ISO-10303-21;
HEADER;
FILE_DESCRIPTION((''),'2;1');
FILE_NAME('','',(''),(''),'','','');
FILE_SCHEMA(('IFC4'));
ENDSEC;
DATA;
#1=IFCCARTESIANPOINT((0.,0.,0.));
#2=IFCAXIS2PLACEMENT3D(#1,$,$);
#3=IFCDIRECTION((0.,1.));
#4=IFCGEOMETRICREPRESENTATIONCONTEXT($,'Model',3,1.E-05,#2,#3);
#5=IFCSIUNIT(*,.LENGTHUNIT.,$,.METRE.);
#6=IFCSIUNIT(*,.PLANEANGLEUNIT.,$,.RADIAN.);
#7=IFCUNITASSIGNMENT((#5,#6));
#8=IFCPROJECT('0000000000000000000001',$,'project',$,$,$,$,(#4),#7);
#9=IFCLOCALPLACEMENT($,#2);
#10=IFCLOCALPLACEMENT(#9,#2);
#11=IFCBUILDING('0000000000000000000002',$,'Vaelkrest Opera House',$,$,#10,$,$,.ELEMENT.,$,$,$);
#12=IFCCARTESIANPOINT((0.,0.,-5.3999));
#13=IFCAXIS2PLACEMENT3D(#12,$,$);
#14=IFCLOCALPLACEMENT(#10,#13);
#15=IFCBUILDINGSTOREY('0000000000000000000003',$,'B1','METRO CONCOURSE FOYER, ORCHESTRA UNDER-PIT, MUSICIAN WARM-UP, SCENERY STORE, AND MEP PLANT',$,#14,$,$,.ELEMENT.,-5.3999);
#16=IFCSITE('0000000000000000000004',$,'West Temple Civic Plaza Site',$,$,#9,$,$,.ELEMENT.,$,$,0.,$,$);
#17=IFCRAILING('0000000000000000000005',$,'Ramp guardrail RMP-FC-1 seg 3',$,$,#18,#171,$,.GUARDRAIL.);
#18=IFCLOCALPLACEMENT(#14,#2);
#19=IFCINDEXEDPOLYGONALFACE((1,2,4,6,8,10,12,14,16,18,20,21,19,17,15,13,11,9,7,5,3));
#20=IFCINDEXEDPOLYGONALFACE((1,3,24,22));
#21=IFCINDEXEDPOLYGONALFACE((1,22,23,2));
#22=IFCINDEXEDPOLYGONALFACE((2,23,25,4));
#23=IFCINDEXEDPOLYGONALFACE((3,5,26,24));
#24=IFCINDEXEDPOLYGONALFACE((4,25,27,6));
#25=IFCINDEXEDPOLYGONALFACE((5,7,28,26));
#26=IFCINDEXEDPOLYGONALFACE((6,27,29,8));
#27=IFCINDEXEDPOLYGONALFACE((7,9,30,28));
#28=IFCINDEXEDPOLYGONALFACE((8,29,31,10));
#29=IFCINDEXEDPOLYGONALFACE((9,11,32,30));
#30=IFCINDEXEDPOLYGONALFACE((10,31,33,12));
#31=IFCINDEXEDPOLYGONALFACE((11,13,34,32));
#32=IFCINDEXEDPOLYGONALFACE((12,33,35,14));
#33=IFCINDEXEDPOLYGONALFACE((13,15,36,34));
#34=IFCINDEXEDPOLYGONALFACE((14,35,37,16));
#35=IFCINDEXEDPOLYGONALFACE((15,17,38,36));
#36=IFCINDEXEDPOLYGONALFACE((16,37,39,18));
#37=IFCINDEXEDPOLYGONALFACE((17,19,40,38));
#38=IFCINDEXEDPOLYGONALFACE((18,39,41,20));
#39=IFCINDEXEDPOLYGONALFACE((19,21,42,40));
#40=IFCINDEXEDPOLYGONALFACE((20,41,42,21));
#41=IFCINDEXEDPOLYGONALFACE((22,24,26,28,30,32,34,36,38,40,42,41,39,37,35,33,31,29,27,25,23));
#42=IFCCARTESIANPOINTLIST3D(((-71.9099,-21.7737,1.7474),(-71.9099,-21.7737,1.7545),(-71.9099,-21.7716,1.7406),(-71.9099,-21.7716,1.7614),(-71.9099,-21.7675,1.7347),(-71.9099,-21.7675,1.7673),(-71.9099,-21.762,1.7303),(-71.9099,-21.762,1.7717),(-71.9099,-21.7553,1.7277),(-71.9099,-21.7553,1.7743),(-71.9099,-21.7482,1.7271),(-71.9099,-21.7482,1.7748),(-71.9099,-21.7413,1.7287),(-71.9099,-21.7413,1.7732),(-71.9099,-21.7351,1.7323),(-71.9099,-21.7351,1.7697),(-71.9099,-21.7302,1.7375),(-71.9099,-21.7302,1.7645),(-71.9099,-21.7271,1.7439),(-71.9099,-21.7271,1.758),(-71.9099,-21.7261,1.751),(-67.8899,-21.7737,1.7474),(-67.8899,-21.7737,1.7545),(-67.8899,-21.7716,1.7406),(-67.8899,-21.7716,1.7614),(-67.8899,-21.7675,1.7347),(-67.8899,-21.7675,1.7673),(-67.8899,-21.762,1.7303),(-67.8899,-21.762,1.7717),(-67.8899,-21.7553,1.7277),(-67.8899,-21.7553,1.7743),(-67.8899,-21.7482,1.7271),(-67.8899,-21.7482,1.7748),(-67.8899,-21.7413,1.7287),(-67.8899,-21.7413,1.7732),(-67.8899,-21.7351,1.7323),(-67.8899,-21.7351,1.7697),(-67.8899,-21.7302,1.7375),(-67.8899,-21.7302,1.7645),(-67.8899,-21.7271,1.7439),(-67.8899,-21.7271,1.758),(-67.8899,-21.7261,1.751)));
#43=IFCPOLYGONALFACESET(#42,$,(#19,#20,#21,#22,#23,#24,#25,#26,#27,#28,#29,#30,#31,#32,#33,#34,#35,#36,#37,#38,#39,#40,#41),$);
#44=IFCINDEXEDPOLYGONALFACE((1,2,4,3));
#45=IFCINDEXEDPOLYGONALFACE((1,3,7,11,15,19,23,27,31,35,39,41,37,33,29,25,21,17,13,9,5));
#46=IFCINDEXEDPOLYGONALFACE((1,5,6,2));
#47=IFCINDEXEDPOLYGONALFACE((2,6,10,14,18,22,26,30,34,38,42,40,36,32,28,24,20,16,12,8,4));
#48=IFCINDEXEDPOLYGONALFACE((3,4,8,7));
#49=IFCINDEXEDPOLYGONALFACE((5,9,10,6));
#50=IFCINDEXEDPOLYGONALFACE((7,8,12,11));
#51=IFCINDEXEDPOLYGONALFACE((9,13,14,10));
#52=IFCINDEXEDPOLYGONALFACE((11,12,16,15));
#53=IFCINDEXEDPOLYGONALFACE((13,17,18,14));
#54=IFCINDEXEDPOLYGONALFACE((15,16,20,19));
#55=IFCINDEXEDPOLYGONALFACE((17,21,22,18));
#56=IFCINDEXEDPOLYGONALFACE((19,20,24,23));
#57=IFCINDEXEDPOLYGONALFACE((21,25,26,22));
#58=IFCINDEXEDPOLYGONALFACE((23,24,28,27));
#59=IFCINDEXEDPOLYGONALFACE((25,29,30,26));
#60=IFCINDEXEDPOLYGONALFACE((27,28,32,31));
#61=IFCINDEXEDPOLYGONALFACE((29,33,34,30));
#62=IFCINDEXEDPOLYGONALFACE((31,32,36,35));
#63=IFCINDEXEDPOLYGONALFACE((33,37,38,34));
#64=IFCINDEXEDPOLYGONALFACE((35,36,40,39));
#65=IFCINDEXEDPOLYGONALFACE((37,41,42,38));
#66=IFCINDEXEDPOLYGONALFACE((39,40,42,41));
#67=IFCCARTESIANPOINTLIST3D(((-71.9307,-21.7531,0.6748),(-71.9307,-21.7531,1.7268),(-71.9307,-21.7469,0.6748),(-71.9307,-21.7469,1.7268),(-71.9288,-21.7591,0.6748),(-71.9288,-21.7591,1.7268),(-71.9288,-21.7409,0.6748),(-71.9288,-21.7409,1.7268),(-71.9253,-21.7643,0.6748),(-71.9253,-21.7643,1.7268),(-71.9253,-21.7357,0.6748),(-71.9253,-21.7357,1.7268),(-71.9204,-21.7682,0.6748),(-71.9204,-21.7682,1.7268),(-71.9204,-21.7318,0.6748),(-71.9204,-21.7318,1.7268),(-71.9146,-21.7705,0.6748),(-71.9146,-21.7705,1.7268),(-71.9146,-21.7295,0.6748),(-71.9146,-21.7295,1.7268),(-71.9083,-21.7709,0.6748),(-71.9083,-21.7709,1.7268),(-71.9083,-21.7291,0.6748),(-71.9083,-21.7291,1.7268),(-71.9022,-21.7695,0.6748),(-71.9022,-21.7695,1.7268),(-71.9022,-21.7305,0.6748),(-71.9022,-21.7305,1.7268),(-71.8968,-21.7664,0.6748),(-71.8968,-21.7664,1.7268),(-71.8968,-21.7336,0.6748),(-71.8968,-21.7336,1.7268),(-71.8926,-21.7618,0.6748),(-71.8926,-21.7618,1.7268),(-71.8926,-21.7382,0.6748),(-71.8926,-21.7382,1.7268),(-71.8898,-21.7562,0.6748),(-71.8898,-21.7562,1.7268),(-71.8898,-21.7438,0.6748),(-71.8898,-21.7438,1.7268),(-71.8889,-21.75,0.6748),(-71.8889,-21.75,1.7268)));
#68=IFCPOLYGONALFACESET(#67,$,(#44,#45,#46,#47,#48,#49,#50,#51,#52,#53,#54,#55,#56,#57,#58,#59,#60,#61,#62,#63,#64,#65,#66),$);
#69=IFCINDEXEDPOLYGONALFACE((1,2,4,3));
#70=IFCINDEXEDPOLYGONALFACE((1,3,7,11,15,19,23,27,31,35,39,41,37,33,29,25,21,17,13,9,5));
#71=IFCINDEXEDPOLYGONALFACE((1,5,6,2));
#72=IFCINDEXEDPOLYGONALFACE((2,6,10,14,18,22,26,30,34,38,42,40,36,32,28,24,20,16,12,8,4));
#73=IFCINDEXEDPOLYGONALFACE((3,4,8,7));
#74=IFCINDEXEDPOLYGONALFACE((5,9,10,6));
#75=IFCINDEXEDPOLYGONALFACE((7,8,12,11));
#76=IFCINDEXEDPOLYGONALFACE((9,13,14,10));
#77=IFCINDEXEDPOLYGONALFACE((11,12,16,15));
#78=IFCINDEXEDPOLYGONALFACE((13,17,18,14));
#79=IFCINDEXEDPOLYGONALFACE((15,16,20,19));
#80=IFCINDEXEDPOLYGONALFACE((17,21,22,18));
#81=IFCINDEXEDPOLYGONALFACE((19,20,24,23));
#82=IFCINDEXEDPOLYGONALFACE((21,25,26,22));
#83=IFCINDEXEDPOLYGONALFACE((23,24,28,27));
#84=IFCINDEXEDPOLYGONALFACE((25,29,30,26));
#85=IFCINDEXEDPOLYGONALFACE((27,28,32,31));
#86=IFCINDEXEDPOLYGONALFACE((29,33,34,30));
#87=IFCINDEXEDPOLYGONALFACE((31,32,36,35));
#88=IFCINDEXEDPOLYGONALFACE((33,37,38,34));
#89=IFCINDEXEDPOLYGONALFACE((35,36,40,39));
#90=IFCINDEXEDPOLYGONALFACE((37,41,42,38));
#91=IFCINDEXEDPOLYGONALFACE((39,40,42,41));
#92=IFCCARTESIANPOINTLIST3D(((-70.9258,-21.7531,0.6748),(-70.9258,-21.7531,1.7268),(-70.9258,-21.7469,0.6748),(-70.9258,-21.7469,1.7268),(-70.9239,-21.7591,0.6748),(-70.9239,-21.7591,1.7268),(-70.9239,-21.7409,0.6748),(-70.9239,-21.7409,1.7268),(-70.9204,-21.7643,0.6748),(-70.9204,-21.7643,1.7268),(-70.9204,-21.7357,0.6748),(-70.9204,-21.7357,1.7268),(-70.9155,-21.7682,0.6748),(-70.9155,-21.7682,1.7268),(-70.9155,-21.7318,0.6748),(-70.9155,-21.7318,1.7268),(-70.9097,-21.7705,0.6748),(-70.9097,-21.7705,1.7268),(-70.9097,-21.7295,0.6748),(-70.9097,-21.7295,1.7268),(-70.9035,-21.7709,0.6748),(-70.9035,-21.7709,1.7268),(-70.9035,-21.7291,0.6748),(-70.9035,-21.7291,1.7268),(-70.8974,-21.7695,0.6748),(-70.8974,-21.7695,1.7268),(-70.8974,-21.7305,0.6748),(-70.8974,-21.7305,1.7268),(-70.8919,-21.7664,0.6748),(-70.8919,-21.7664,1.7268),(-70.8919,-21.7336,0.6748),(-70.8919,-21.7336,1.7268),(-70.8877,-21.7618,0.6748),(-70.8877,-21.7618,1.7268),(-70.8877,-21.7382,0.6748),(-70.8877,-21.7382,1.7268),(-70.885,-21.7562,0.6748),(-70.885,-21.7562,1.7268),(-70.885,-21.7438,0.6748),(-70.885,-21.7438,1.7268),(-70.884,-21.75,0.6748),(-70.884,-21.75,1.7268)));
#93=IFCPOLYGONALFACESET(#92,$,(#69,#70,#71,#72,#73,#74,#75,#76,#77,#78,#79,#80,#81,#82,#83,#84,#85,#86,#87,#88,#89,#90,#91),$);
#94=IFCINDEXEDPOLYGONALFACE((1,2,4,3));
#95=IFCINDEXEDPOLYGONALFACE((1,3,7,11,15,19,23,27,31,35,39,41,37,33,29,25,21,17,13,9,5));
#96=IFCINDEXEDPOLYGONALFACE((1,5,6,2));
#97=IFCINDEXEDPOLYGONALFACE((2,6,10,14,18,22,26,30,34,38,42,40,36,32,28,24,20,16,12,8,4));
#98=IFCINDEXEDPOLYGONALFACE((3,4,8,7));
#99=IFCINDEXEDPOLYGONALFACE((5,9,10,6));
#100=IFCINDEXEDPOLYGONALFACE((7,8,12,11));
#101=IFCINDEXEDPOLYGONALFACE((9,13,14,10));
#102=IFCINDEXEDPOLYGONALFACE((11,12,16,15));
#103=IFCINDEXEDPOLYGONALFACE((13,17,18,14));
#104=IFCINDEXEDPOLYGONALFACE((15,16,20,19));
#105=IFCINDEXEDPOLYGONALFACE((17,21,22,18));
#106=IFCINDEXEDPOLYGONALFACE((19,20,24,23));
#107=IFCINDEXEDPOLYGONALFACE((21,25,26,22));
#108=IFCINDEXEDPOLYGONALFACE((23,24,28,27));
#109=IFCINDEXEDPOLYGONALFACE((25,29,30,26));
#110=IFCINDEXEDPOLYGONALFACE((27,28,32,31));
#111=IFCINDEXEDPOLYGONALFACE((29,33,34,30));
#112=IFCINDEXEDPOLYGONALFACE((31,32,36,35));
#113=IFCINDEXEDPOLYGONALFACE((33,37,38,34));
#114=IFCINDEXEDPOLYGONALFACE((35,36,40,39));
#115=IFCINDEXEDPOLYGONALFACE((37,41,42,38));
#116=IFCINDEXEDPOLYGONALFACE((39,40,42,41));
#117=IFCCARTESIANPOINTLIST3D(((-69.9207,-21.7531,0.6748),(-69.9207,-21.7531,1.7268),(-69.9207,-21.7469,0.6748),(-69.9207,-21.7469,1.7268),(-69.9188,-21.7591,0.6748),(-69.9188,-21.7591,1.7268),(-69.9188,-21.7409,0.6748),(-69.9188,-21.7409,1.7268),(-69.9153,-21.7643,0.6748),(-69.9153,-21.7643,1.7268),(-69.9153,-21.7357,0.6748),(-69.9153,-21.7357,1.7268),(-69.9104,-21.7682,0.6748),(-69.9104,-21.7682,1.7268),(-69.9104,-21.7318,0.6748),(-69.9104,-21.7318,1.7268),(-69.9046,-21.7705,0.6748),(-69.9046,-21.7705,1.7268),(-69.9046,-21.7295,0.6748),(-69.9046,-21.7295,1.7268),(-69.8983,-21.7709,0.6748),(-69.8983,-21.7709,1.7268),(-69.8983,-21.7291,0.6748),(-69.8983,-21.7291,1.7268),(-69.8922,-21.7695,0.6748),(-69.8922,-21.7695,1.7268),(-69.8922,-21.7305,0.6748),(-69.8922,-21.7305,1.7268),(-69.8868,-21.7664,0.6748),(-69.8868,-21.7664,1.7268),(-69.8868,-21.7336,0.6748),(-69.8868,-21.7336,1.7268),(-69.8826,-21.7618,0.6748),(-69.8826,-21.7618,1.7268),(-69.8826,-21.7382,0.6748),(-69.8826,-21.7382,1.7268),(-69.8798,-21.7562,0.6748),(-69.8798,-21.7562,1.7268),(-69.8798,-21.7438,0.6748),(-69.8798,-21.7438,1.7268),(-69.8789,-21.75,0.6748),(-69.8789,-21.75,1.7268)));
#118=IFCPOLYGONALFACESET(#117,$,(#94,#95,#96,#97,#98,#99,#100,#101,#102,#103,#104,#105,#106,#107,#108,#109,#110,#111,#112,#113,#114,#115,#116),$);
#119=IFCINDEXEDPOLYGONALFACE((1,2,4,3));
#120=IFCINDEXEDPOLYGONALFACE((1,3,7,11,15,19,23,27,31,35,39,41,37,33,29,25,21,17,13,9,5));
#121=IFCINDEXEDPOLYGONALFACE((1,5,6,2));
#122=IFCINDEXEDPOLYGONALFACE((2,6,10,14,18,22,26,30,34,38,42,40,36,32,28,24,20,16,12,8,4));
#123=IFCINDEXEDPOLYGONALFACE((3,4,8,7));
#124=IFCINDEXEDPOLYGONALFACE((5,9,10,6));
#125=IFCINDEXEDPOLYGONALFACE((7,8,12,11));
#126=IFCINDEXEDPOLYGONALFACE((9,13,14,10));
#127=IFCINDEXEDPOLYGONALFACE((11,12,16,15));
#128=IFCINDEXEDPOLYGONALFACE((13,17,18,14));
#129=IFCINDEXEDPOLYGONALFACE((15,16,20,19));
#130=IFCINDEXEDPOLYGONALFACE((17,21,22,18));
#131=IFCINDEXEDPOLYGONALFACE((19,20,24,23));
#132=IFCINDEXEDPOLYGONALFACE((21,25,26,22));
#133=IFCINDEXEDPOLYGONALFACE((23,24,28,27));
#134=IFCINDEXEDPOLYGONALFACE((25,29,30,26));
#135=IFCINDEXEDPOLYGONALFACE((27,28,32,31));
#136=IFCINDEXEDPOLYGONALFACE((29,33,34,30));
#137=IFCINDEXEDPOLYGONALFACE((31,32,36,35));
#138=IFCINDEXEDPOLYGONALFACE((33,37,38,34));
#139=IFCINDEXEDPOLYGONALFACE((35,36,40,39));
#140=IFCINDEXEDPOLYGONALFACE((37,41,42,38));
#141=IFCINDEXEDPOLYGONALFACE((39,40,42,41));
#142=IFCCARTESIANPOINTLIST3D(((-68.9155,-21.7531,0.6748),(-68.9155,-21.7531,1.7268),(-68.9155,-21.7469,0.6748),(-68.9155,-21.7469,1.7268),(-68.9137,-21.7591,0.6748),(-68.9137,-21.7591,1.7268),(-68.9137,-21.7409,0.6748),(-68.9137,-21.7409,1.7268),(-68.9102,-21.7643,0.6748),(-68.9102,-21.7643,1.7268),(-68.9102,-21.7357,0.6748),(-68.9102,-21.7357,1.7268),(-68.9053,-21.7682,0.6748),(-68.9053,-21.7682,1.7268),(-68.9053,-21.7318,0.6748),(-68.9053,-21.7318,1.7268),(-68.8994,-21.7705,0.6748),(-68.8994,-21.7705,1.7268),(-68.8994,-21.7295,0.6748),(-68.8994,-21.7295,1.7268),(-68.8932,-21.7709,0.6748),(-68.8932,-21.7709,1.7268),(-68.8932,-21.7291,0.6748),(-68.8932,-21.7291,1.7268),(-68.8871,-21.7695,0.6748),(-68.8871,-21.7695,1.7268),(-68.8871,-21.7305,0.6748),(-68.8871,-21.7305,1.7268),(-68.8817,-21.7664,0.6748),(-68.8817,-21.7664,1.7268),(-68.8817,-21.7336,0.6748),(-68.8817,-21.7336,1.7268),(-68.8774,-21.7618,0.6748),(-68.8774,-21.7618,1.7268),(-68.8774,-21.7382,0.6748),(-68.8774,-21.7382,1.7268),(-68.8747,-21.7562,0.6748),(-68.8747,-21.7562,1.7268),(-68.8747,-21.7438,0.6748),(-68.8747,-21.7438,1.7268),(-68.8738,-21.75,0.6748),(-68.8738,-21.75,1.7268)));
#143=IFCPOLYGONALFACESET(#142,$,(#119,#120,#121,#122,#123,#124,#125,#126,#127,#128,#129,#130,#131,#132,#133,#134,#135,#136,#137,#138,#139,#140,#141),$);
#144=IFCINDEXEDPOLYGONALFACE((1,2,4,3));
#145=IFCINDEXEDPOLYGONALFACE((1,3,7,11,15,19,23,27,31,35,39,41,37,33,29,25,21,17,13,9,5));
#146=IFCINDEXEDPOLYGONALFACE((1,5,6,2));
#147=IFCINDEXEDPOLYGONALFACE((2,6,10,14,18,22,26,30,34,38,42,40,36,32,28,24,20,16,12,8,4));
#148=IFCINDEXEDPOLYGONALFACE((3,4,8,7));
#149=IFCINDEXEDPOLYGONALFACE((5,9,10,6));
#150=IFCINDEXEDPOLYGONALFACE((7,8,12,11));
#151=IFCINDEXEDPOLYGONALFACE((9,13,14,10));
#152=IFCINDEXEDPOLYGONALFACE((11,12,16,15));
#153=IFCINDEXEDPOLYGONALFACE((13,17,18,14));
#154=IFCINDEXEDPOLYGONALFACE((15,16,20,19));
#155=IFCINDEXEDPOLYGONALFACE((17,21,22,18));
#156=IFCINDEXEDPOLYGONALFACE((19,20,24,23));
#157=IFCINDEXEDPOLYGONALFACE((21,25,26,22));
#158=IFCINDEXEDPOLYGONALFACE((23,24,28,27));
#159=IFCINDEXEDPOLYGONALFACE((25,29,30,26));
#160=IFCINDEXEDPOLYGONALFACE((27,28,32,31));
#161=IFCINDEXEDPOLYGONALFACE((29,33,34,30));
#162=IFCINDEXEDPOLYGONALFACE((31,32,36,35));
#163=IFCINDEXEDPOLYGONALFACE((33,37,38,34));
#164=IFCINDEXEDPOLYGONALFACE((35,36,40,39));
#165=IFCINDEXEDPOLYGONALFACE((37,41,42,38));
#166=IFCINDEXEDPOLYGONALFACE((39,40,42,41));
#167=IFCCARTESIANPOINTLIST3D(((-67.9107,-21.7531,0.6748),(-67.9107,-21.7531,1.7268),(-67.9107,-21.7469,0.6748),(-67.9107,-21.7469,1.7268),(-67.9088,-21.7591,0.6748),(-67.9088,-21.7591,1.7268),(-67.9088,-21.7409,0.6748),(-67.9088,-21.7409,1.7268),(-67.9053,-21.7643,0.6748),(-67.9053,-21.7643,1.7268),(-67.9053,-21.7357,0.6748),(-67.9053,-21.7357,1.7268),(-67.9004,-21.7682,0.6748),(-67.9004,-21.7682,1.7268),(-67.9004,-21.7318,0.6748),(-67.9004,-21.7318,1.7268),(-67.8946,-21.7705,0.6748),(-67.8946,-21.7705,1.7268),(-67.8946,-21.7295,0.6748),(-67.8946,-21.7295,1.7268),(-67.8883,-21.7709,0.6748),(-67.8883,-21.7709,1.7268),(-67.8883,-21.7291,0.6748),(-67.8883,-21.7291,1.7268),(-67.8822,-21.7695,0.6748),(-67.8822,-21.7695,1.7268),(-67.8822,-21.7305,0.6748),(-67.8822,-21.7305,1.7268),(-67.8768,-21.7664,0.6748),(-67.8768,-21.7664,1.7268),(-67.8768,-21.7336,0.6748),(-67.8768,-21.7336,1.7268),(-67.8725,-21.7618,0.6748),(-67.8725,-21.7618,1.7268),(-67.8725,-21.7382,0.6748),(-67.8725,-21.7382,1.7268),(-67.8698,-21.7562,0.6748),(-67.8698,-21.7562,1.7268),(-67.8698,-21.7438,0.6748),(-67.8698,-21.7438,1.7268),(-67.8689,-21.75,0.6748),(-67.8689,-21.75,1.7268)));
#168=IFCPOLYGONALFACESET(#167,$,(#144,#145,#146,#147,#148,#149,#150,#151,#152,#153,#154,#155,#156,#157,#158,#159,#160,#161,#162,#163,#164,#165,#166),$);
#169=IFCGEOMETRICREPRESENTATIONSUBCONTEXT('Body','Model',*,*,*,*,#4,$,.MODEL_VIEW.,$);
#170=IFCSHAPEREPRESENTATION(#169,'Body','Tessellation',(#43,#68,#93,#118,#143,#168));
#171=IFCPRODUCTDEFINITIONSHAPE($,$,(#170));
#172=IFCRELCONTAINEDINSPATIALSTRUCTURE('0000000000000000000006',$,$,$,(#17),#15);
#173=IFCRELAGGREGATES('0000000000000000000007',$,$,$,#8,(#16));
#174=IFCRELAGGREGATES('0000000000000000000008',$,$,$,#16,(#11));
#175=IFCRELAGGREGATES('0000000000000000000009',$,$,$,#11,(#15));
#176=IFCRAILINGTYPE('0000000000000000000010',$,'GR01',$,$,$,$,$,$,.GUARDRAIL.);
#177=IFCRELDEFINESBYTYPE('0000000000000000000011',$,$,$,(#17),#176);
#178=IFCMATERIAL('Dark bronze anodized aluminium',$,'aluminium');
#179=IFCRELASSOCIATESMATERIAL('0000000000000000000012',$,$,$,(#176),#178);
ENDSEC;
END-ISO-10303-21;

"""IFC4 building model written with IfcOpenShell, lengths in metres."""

from ifc_helpers import new_model, si_unit, direction, frame, origin, origin_2d, place, context, subcontext, project, spatial, circle, extrude, material, type_object, element, save


model = new_model("IFC4")

# Units and contexts
model_context = context("Model", 3, precision=1e-05, world=origin(), true_north=direction((0.0, 1.0)))
body_context = subcontext(model_context, "Body", "Model", "MODEL_VIEW")
ifc_project = project(units=[si_unit("LENGTHUNIT", "METRE"), si_unit("PLANEANGLEUNIT", "RADIAN")], contexts=[model_context])

# Site, building, storey
site_placement = place(None, origin())
site = spatial("IfcSite", under=ifc_project, at=site_placement, Name="West Temple Civic Plaza Site", CompositionType="ELEMENT", RefElevation=0.0)
building_placement = place(site_placement, origin())
building = spatial("IfcBuilding", under=site, at=building_placement, Name="Vaelkrest Opera House", CompositionType="ELEMENT")
storey_placement = place(building_placement, frame((0.0, 0.0, -5.3999)))
storey = spatial("IfcBuildingStorey", under=building, at=storey_placement, Name="B1", Description="METRO CONCOURSE FOYER, ORCHESTRA UNDER-PIT, MUSICIAN WARM-UP, SCENERY STORE, AND MEP PLANT", CompositionType="ELEMENT", Elevation=-5.3999)

# Shared definitions
ifc_material_1 = material(Name="Dark bronze anodized aluminium", Category="aluminium")

# Railing
railing_type = type_object("IfcRailingType", Name="GR01", PredefinedType="GUARDRAIL", material=ifc_material_1)
railing_1_placement = place(storey_placement, frame((-71.9099, -21.75, 0.6748)))
element("IfcRailing", 1, at=railing_1_placement, inside=storey, type_object=railing_type, Name="Ramp guardrail RMP-FC-1 seg 3", PredefinedType="GUARDRAIL", context=body_context, shape_type="SweptSolid", body=[
    extrude(circle(Radius=0.0239, at=origin_2d()), frame((0.0, 0.0, 1.0762), z_axis=(1.0, 0.0, 0.0), x_axis=(0.0, 1.0, 0.0)), (0.0, 0.0, 1.0), 4.02),
    extrude(circle(Radius=0.021, at=origin_2d()), origin(), (0.0, 0.0, 1.0), 1.052),
    extrude(circle(Radius=0.021, at=origin_2d()), frame((1.0049, 0.0, 0.0)), (0.0, 0.0, 1.0), 1.052),
    extrude(circle(Radius=0.021, at=origin_2d()), frame((2.01, 0.0, 0.0)), (0.0, 0.0, 1.0), 1.052),
    extrude(circle(Radius=0.021, at=origin_2d()), frame((3.0151, 0.0, 0.0)), (0.0, 0.0, 1.0), 1.052),
    extrude(circle(Radius=0.021, at=origin_2d()), frame((4.02, 0.0, 0.0)), (0.0, 0.0, 1.0), 1.052),
])

save(model, "model.ifc")
